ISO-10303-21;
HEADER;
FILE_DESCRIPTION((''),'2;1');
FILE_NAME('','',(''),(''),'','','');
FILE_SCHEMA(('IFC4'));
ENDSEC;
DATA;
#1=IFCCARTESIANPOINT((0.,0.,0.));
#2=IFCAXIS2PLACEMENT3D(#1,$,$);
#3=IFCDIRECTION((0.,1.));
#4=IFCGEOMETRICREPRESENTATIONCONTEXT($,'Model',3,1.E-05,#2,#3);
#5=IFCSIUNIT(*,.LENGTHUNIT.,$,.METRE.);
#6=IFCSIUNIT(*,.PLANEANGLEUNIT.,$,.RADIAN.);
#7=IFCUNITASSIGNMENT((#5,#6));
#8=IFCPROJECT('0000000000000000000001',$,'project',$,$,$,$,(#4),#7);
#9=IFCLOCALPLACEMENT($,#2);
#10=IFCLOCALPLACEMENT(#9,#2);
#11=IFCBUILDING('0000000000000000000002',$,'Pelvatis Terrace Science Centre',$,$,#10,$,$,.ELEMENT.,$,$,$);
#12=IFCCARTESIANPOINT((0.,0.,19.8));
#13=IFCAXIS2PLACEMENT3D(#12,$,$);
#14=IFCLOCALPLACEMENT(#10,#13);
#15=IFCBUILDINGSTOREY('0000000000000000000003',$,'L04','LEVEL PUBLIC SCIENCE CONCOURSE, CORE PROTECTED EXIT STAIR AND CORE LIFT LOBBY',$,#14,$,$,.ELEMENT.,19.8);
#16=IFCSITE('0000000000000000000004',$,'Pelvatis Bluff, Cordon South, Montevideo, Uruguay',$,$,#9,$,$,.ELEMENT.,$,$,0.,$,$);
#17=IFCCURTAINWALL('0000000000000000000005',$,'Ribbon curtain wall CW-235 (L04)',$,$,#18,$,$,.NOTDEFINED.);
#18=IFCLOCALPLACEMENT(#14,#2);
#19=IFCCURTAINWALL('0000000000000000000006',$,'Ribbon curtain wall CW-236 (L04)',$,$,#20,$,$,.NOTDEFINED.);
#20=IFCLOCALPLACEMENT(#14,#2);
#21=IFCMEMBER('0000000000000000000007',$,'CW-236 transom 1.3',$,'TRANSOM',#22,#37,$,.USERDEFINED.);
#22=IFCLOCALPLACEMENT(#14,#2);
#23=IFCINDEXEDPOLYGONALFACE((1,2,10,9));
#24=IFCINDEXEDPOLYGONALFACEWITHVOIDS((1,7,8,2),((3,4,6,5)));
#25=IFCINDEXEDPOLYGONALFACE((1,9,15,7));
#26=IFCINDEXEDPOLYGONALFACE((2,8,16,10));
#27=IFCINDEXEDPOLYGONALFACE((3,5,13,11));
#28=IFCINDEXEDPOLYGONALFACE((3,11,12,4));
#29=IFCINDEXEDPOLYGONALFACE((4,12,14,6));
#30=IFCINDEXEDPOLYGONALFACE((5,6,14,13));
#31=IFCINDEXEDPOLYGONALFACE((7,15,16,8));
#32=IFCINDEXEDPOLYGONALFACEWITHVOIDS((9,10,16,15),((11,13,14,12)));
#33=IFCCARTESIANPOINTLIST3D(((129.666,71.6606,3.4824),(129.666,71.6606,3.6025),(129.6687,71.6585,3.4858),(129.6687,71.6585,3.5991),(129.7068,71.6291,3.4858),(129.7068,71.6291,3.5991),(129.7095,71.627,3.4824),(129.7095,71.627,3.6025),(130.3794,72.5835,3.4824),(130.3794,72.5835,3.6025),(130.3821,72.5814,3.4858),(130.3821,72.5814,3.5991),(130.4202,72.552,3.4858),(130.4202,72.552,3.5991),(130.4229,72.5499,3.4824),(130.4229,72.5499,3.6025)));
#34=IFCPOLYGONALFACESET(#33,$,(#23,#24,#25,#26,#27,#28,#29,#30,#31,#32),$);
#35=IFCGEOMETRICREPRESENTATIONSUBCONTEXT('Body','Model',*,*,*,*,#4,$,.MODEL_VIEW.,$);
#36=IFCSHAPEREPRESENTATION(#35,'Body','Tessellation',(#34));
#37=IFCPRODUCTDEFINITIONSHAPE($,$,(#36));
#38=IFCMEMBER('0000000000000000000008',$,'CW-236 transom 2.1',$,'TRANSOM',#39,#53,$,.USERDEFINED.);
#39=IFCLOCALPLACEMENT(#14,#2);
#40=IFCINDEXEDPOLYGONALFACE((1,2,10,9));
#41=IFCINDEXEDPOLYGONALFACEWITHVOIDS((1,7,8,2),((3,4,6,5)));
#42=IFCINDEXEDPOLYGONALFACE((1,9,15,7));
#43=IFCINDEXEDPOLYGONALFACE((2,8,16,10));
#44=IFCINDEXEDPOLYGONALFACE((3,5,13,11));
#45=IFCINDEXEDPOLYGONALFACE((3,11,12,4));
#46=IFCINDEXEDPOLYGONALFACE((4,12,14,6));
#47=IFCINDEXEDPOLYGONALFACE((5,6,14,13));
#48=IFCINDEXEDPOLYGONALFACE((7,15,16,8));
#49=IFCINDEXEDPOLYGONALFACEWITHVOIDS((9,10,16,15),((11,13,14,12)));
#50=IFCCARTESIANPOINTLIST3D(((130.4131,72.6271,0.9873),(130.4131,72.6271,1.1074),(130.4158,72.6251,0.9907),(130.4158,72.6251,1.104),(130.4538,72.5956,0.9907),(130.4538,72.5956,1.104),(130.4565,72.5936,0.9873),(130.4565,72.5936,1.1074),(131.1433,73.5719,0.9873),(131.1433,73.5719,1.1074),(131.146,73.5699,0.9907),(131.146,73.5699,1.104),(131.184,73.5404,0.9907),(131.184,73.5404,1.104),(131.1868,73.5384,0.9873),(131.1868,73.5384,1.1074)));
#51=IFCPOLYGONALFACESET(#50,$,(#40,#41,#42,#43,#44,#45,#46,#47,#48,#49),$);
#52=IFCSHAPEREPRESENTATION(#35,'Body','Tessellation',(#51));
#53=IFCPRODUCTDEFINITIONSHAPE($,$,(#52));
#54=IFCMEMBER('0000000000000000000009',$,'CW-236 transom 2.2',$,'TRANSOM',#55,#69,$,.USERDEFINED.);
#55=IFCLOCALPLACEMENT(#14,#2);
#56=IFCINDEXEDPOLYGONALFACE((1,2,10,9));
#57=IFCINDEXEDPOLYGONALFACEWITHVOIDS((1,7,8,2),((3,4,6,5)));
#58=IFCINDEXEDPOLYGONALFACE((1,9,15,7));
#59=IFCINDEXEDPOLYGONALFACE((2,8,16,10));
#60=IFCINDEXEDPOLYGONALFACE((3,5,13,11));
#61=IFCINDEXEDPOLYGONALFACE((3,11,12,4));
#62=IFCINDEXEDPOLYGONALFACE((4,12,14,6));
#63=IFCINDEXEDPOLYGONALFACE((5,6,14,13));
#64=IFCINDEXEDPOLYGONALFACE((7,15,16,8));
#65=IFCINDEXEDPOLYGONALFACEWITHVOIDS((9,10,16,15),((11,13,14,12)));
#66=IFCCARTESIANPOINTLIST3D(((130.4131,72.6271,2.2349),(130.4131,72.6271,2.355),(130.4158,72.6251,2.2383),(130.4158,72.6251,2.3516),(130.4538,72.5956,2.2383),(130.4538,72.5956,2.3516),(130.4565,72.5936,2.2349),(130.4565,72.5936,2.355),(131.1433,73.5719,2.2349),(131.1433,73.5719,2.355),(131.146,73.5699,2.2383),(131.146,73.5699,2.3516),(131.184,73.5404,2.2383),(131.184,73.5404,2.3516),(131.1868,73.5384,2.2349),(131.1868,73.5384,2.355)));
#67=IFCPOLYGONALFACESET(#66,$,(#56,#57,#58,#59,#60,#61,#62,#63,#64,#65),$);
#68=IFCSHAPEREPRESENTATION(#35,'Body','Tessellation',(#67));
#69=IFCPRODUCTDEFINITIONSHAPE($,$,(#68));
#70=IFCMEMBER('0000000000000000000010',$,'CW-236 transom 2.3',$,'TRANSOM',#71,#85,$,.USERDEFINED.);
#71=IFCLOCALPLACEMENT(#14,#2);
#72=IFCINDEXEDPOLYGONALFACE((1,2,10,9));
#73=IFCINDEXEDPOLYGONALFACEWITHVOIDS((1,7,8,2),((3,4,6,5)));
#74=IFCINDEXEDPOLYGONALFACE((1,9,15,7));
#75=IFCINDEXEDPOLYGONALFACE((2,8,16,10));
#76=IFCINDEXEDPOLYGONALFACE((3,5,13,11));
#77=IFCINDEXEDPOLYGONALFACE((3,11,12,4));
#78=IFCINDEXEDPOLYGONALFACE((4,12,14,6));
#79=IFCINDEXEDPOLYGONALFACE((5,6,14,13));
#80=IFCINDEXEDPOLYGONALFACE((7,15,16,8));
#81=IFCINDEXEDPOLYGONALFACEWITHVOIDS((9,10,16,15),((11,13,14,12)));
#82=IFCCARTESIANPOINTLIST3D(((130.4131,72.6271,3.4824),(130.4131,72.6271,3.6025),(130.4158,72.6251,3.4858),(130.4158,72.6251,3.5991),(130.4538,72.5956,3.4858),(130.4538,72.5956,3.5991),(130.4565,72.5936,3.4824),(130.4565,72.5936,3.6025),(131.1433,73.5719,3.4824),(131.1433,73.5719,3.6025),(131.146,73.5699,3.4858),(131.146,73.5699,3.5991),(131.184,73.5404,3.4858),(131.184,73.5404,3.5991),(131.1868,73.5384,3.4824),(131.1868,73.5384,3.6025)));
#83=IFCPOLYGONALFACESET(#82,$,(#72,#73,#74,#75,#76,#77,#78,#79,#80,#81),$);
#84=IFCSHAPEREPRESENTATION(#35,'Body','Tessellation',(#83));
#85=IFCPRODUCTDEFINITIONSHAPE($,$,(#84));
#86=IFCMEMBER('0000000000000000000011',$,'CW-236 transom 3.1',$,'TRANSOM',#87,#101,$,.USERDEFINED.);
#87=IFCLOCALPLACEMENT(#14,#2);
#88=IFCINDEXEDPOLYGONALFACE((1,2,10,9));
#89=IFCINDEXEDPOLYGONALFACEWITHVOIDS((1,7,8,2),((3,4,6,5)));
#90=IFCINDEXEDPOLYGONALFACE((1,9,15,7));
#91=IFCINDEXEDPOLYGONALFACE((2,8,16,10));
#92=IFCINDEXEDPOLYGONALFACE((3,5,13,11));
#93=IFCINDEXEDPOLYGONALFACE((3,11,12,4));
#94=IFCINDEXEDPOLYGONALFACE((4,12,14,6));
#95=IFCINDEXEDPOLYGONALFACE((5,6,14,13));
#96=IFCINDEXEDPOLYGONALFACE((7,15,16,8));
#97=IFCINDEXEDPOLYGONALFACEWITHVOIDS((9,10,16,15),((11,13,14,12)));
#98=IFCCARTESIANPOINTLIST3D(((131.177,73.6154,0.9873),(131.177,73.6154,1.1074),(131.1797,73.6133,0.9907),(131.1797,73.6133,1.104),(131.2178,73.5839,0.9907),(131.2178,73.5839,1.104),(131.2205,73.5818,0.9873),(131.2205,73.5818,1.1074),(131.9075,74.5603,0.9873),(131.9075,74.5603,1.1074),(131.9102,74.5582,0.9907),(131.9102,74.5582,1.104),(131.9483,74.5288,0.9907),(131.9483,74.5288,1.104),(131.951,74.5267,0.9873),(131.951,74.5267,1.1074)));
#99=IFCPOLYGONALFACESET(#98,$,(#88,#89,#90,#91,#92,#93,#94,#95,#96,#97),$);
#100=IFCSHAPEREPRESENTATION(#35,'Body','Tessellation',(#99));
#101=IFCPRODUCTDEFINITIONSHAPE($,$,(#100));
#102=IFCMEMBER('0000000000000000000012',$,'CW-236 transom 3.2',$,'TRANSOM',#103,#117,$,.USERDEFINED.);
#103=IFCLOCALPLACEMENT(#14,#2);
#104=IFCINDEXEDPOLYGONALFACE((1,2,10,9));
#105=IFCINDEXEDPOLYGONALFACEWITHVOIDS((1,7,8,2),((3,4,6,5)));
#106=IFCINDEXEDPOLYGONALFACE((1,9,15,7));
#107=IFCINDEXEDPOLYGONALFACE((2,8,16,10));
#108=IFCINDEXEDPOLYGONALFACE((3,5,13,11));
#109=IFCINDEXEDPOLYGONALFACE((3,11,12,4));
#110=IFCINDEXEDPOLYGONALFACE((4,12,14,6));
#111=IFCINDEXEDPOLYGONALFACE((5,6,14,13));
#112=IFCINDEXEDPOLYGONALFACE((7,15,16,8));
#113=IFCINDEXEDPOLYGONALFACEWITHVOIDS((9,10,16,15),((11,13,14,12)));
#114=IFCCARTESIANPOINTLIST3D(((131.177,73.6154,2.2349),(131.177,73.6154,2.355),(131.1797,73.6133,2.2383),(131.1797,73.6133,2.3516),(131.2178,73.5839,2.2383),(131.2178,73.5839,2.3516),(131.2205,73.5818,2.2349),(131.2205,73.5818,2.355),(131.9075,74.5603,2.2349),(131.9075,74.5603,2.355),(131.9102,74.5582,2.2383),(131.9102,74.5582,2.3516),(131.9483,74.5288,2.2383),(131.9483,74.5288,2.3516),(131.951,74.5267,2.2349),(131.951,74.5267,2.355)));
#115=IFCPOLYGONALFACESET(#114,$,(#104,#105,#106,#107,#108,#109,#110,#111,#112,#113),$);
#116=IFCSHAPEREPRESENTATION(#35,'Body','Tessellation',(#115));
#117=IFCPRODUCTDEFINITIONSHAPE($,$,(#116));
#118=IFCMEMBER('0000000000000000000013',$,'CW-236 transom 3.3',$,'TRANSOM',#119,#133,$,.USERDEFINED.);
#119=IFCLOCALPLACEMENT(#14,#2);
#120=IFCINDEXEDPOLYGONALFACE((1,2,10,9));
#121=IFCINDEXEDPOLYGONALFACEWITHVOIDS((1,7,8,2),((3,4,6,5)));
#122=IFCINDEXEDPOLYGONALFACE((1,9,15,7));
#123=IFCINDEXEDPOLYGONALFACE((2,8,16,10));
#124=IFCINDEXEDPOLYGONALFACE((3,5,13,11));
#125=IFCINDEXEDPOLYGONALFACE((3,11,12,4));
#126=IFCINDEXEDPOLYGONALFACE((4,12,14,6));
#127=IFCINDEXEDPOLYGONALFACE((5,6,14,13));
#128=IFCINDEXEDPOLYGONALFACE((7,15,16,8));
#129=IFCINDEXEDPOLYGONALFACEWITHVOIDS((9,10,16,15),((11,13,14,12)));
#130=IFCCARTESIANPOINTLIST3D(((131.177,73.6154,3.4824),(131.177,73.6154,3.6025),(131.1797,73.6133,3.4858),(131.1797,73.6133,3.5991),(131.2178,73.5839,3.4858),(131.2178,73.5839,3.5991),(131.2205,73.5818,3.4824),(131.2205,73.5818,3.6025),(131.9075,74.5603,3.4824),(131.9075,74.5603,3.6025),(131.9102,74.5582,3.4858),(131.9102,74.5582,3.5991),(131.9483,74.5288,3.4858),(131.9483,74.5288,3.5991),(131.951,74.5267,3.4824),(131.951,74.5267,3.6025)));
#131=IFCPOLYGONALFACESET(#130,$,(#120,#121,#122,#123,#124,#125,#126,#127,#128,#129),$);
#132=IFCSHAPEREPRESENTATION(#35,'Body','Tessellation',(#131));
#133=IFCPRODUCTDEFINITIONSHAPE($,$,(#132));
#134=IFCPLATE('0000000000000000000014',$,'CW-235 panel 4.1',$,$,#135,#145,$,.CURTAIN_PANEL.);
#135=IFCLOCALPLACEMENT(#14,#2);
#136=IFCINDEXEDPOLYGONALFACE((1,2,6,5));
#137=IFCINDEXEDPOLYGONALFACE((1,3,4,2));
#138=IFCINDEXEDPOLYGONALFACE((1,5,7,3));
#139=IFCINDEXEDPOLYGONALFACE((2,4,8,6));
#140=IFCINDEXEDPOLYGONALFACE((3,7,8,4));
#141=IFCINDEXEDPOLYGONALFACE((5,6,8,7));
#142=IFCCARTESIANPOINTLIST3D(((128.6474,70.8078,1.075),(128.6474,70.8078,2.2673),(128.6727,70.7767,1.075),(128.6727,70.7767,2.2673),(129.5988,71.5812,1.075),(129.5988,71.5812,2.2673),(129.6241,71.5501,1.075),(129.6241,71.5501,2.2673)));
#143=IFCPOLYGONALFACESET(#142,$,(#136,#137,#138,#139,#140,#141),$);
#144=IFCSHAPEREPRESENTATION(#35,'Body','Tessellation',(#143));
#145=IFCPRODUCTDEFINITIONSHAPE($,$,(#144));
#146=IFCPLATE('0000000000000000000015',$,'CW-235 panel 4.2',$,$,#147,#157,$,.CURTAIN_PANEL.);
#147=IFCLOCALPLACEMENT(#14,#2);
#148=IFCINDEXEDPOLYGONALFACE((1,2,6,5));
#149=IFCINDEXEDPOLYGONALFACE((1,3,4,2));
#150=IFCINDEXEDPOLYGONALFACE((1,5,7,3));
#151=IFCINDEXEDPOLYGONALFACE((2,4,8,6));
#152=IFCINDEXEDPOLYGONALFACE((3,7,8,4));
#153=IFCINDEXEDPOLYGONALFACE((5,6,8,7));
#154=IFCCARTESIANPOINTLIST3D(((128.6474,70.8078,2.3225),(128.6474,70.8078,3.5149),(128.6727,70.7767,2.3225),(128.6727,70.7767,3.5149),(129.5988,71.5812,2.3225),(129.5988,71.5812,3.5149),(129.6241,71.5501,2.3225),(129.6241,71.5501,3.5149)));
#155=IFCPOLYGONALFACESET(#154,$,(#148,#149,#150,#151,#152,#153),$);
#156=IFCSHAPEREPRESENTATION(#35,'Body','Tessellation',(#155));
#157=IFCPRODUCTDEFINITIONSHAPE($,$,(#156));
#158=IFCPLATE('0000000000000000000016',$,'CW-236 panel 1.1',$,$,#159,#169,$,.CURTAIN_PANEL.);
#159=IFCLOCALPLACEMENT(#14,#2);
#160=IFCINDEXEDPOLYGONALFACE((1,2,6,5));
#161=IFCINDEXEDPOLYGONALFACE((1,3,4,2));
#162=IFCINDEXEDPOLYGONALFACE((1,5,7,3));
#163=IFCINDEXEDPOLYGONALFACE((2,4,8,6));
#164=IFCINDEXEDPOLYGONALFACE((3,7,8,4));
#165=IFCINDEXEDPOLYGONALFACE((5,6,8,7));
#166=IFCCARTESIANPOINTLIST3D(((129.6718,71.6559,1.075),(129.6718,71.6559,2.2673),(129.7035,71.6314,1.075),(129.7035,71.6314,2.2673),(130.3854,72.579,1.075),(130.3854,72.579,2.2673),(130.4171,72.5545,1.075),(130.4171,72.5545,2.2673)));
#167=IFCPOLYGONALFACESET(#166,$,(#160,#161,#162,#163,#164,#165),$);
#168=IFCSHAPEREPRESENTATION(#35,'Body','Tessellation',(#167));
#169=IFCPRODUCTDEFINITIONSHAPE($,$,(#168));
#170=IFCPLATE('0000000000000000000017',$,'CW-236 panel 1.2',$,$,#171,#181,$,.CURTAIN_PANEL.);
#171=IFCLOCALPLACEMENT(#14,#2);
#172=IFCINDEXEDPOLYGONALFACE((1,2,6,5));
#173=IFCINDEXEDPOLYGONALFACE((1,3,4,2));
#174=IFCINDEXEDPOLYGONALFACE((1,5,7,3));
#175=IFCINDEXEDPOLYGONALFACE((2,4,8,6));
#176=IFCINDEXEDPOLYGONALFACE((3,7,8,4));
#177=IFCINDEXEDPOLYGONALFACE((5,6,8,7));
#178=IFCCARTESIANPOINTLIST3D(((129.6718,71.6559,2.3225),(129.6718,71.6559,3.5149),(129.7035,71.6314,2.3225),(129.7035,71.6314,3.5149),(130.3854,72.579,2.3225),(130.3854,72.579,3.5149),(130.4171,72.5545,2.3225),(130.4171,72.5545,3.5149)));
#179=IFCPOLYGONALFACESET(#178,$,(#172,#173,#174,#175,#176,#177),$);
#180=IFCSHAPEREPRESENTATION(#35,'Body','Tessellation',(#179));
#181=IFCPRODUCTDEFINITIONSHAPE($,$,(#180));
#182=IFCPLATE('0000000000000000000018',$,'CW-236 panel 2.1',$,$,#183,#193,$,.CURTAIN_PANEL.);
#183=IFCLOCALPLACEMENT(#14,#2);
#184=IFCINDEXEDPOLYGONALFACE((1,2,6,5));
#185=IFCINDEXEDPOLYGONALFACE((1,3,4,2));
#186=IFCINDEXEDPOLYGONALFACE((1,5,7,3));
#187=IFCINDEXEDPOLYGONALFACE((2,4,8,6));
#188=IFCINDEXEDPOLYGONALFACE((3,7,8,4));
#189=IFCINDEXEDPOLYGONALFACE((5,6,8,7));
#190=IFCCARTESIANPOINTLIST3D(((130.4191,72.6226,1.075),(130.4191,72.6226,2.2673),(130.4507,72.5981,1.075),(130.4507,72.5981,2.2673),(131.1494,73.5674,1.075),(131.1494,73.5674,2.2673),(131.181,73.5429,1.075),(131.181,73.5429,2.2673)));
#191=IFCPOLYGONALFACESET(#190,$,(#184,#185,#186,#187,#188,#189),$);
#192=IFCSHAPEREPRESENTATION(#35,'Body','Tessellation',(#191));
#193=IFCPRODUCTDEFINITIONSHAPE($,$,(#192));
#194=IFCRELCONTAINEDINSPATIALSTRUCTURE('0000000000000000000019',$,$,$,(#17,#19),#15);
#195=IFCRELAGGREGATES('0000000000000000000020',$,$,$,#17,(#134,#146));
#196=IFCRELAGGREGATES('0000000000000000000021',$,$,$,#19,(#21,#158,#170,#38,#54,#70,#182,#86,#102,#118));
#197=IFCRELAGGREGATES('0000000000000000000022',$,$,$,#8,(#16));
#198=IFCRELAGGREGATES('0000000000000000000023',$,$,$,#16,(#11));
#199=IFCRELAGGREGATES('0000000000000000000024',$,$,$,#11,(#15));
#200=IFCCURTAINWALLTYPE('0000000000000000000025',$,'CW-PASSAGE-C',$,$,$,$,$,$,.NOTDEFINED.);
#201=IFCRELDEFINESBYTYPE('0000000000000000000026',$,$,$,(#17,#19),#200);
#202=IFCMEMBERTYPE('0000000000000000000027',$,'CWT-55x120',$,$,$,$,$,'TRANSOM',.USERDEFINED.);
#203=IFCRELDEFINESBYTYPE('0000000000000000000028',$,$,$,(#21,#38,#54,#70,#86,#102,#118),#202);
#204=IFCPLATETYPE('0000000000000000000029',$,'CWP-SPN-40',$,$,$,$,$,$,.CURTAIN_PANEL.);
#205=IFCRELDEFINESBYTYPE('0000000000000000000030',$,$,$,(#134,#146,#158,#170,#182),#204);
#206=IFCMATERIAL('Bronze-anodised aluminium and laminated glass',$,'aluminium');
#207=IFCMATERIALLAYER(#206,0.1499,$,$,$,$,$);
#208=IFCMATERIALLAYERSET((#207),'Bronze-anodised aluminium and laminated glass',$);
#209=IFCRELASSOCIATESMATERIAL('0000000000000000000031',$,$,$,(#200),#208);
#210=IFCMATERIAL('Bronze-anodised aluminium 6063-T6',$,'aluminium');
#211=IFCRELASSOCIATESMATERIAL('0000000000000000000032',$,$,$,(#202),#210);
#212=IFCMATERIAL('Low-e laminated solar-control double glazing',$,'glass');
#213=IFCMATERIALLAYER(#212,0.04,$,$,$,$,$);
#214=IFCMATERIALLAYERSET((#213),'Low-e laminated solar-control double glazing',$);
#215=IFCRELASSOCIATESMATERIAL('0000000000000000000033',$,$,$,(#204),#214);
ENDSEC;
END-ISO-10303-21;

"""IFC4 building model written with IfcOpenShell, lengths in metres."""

from ifc_helpers import new_model, si_unit, direction, frame, origin, origin_2d, place, context, subcontext, project, spatial, rectangle, hollow_rectangle, extrude, material, layer, layer_set, material_profile, profile_set, type_object, element, aggregate, save


model = new_model("IFC4")

# Units and contexts
model_context = context("Model", 3, precision=1e-05, world=origin(), true_north=direction((0.0, 1.0)))
body_context = subcontext(model_context, "Body", "Model", "MODEL_VIEW")
ifc_project = project(units=[si_unit("LENGTHUNIT", "METRE"), si_unit("PLANEANGLEUNIT", "RADIAN")], contexts=[model_context])

# Site, building, storey
site_placement = place(None, origin())
site = spatial("IfcSite", under=ifc_project, at=site_placement, Name="Pelvatis Bluff, Cordon South, Montevideo, Uruguay", CompositionType="ELEMENT", RefElevation=0.0)
building_placement = place(site_placement, origin())
building = spatial("IfcBuilding", under=site, at=building_placement, Name="Pelvatis Terrace Science Centre", CompositionType="ELEMENT")
storey_placement = place(building_placement, frame((0.0, 0.0, 19.8)))
storey = spatial("IfcBuildingStorey", under=building, at=storey_placement, Name="L04", Description="LEVEL PUBLIC SCIENCE CONCOURSE, CORE PROTECTED EXIT STAIR AND CORE LIFT LOBBY", CompositionType="ELEMENT", Elevation=19.8)

# Curtain wall
ifc_material_1 = material(Name="Bronze-anodised aluminium and laminated glass", Category="aluminium")
ifc_layer_1 = layer(ifc_material_1, 0.1499)
ifc_layer_set_1 = layer_set([ifc_layer_1], Name="Bronze-anodised aluminium and laminated glass")
curtain_wall_type = type_object("IfcCurtainWallType", Name="CW-PASSAGE-C", PredefinedType="NOTDEFINED", material=ifc_layer_set_1)
curtain_wall_1_placement = place(storey_placement, origin())
curtain_wall_1 = element("IfcCurtainWall", 1, at=curtain_wall_1_placement, inside=storey, type_object=curtain_wall_type, Name="Ribbon curtain wall CW-235 (L04)", PredefinedType="NOTDEFINED")

# Curtain wall
curtain_wall_2_placement = place(storey_placement, origin())
curtain_wall_2 = element("IfcCurtainWall", 2, at=curtain_wall_2_placement, inside=storey, type_object=curtain_wall_type, Name="Ribbon curtain wall CW-236 (L04)", PredefinedType="NOTDEFINED")

# Members
ifc_material_2 = material(Name="Bronze-anodised aluminium 6063-T6", Category="aluminium")
ifc_material_profile_1 = material_profile(ifc_material_2, hollow_rectangle(XDim=0.0549, YDim=0.1201, WallThickness=0.0034, at=origin_2d()), Name="ALU-TRN 55x120")
ifc_profile_set_1 = profile_set([ifc_material_profile_1], Name="Bronze-anodised aluminium 6063-T6")
member_type_1 = type_object("IfcMemberType", Name="CWT-55x120", ElementType="TRANSOM", PredefinedType="USERDEFINED", material=ifc_profile_set_1)
member_1_placement = place(storey_placement, frame((129.6877, 71.6438, 3.5425), z_axis=(0.61159, 0.791175, 0.0), x_axis=(-0.791175, 0.61159, 0.0)))
member_1 = element("IfcMember", 3, at=member_1_placement, type_object=member_type_1, Name="CW-236 transom 1.3", ObjectType="TRANSOM", PredefinedType="USERDEFINED", context=body_context, shape_type="SweptSolid", body=[
    extrude(hollow_rectangle(XDim=0.0549, YDim=0.1201, WallThickness=0.0034, at=origin_2d()), origin(), (0.0, 0.0, 1.0), 1.1665),
])
member_2_placement = place(storey_placement, frame((130.4348, 72.6104, 1.0474), z_axis=(0.611517, 0.791231, 0.0), x_axis=(-0.791231, 0.611517, 0.0)))
member_2 = element("IfcMember", 4, at=member_2_placement, type_object=member_type_1, Name="CW-236 transom 2.1", ObjectType="TRANSOM", PredefinedType="USERDEFINED", context=body_context, shape_type="SweptSolid", body=[
    extrude(hollow_rectangle(XDim=0.0549, YDim=0.1201, WallThickness=0.0034, at=origin_2d()), origin(), (0.0, 0.0, 1.0), 1.1941),
])
member_3_placement = place(storey_placement, frame((130.4348, 72.6104, 2.2949), z_axis=(0.611517, 0.791231, 0.0), x_axis=(-0.791231, 0.611517, 0.0)))
member_3 = element("IfcMember", 5, at=member_3_placement, type_object=member_type_1, Name="CW-236 transom 2.2", ObjectType="TRANSOM", PredefinedType="USERDEFINED", context=body_context, shape_type="SweptSolid", body=[
    extrude(hollow_rectangle(XDim=0.0549, YDim=0.1201, WallThickness=0.0034, at=origin_2d()), origin(), (0.0, 0.0, 1.0), 1.1941),
])
member_4_placement = place(storey_placement, frame((130.4348, 72.6104, 3.5425), z_axis=(0.611517, 0.791231, 0.0), x_axis=(-0.791231, 0.611517, 0.0)))
member_4 = element("IfcMember", 6, at=member_4_placement, type_object=member_type_1, Name="CW-236 transom 2.3", ObjectType="TRANSOM", PredefinedType="USERDEFINED", context=body_context, shape_type="SweptSolid", body=[
    extrude(hollow_rectangle(XDim=0.0549, YDim=0.1201, WallThickness=0.0034, at=origin_2d()), origin(), (0.0, 0.0, 1.0), 1.1941),
])
member_5_placement = place(storey_placement, frame((131.1987, 73.5986, 1.0474), z_axis=(0.611645, 0.791132, 0.0), x_axis=(-0.791132, 0.611645, 0.0)))
member_5 = element("IfcMember", 7, at=member_5_placement, type_object=member_type_1, Name="CW-236 transom 3.1", ObjectType="TRANSOM", PredefinedType="USERDEFINED", context=body_context, shape_type="SweptSolid", body=[
    extrude(hollow_rectangle(XDim=0.0549, YDim=0.1201, WallThickness=0.0034, at=origin_2d()), origin(), (0.0, 0.0, 1.0), 1.1943),
])
member_6_placement = place(storey_placement, frame((131.1987, 73.5986, 2.2949), z_axis=(0.611645, 0.791132, 0.0), x_axis=(-0.791132, 0.611645, 0.0)))
member_6 = element("IfcMember", 8, at=member_6_placement, type_object=member_type_1, Name="CW-236 transom 3.2", ObjectType="TRANSOM", PredefinedType="USERDEFINED", context=body_context, shape_type="SweptSolid", body=[
    extrude(hollow_rectangle(XDim=0.0549, YDim=0.1201, WallThickness=0.0034, at=origin_2d()), origin(), (0.0, 0.0, 1.0), 1.1943),
])
member_7_placement = place(storey_placement, frame((131.1987, 73.5986, 3.5425), z_axis=(0.611645, 0.791132, 0.0), x_axis=(-0.791132, 0.611645, 0.0)))
member_7 = element("IfcMember", 9, at=member_7_placement, type_object=member_type_1, Name="CW-236 transom 3.3", ObjectType="TRANSOM", PredefinedType="USERDEFINED", context=body_context, shape_type="SweptSolid", body=[
    extrude(hollow_rectangle(XDim=0.0549, YDim=0.1201, WallThickness=0.0034, at=origin_2d()), origin(), (0.0, 0.0, 1.0), 1.1943),
])

# Plates
ifc_material_3 = material(Name="Low-e laminated solar-control double glazing", Category="glass")
ifc_layer_2 = layer(ifc_material_3, 0.04)
ifc_layer_set_2 = layer_set([ifc_layer_2], Name="Low-e laminated solar-control double glazing")
plate_type = type_object("IfcPlateType", Name="CWP-SPN-40", PredefinedType="CURTAIN_PANEL", material=ifc_layer_set_2)
plate_1_placement = place(storey_placement, frame((129.1357, 71.179, 1.075), z_axis=(0.0, 0.0, 1.0), x_axis=(0.77598, 0.630757, 0.0)))
plate_1 = element("IfcPlate", 10, at=plate_1_placement, type_object=plate_type, Name="CW-235 panel 4.1", PredefinedType="CURTAIN_PANEL", context=body_context, shape_type="SweptSolid", body=[
    extrude(rectangle(XDim=1.2261, YDim=0.04, at=origin_2d()), origin(), (0.0, 0.0, 1.0), 1.1924),
])
plate_2_placement = place(storey_placement, frame((129.1357, 71.179, 2.3225), z_axis=(0.0, 0.0, 1.0), x_axis=(0.77598, 0.630757, 0.0)))
plate_2 = element("IfcPlate", 11, at=plate_2_placement, type_object=plate_type, Name="CW-235 panel 4.2", PredefinedType="CURTAIN_PANEL", context=body_context, shape_type="SweptSolid", body=[
    extrude(rectangle(XDim=1.2261, YDim=0.04, at=origin_2d()), origin(), (0.0, 0.0, 1.0), 1.1924),
])
aggregate(curtain_wall_1, [plate_1, plate_2])
plate_3_placement = place(storey_placement, frame((130.0444, 72.1052, 1.075), z_axis=(0.0, 0.0, 1.0), x_axis=(0.611582, 0.791181, 0.0)))
plate_3 = element("IfcPlate", 12, at=plate_3_placement, type_object=plate_type, Name="CW-236 panel 1.1", PredefinedType="CURTAIN_PANEL", context=body_context, shape_type="SweptSolid", body=[
    extrude(rectangle(XDim=1.1667, YDim=0.04, at=origin_2d()), origin(), (0.0, 0.0, 1.0), 1.1924),
])
plate_4_placement = place(storey_placement, frame((130.0444, 72.1052, 2.3225), z_axis=(0.0, 0.0, 1.0), x_axis=(0.611582, 0.791181, 0.0)))
plate_4 = element("IfcPlate", 13, at=plate_4_placement, type_object=plate_type, Name="CW-236 panel 1.2", PredefinedType="CURTAIN_PANEL", context=body_context, shape_type="SweptSolid", body=[
    extrude(rectangle(XDim=1.1667, YDim=0.04, at=origin_2d()), origin(), (0.0, 0.0, 1.0), 1.1924),
])
plate_5_placement = place(storey_placement, frame((130.8, 73.0828, 1.075), z_axis=(0.0, 0.0, 1.0), x_axis=(0.611582, 0.791181, 0.0)))
plate_5 = element("IfcPlate", 14, at=plate_5_placement, type_object=plate_type, Name="CW-236 panel 2.1", PredefinedType="CURTAIN_PANEL", context=body_context, shape_type="SweptSolid", body=[
    extrude(rectangle(XDim=1.1941, YDim=0.04, at=origin_2d()), origin(), (0.0, 0.0, 1.0), 1.1924),
])
aggregate(curtain_wall_2, [member_1, plate_3, plate_4, member_2, member_3, member_4, plate_5, member_5, member_6, member_7])

save(model, "model.ifc")
